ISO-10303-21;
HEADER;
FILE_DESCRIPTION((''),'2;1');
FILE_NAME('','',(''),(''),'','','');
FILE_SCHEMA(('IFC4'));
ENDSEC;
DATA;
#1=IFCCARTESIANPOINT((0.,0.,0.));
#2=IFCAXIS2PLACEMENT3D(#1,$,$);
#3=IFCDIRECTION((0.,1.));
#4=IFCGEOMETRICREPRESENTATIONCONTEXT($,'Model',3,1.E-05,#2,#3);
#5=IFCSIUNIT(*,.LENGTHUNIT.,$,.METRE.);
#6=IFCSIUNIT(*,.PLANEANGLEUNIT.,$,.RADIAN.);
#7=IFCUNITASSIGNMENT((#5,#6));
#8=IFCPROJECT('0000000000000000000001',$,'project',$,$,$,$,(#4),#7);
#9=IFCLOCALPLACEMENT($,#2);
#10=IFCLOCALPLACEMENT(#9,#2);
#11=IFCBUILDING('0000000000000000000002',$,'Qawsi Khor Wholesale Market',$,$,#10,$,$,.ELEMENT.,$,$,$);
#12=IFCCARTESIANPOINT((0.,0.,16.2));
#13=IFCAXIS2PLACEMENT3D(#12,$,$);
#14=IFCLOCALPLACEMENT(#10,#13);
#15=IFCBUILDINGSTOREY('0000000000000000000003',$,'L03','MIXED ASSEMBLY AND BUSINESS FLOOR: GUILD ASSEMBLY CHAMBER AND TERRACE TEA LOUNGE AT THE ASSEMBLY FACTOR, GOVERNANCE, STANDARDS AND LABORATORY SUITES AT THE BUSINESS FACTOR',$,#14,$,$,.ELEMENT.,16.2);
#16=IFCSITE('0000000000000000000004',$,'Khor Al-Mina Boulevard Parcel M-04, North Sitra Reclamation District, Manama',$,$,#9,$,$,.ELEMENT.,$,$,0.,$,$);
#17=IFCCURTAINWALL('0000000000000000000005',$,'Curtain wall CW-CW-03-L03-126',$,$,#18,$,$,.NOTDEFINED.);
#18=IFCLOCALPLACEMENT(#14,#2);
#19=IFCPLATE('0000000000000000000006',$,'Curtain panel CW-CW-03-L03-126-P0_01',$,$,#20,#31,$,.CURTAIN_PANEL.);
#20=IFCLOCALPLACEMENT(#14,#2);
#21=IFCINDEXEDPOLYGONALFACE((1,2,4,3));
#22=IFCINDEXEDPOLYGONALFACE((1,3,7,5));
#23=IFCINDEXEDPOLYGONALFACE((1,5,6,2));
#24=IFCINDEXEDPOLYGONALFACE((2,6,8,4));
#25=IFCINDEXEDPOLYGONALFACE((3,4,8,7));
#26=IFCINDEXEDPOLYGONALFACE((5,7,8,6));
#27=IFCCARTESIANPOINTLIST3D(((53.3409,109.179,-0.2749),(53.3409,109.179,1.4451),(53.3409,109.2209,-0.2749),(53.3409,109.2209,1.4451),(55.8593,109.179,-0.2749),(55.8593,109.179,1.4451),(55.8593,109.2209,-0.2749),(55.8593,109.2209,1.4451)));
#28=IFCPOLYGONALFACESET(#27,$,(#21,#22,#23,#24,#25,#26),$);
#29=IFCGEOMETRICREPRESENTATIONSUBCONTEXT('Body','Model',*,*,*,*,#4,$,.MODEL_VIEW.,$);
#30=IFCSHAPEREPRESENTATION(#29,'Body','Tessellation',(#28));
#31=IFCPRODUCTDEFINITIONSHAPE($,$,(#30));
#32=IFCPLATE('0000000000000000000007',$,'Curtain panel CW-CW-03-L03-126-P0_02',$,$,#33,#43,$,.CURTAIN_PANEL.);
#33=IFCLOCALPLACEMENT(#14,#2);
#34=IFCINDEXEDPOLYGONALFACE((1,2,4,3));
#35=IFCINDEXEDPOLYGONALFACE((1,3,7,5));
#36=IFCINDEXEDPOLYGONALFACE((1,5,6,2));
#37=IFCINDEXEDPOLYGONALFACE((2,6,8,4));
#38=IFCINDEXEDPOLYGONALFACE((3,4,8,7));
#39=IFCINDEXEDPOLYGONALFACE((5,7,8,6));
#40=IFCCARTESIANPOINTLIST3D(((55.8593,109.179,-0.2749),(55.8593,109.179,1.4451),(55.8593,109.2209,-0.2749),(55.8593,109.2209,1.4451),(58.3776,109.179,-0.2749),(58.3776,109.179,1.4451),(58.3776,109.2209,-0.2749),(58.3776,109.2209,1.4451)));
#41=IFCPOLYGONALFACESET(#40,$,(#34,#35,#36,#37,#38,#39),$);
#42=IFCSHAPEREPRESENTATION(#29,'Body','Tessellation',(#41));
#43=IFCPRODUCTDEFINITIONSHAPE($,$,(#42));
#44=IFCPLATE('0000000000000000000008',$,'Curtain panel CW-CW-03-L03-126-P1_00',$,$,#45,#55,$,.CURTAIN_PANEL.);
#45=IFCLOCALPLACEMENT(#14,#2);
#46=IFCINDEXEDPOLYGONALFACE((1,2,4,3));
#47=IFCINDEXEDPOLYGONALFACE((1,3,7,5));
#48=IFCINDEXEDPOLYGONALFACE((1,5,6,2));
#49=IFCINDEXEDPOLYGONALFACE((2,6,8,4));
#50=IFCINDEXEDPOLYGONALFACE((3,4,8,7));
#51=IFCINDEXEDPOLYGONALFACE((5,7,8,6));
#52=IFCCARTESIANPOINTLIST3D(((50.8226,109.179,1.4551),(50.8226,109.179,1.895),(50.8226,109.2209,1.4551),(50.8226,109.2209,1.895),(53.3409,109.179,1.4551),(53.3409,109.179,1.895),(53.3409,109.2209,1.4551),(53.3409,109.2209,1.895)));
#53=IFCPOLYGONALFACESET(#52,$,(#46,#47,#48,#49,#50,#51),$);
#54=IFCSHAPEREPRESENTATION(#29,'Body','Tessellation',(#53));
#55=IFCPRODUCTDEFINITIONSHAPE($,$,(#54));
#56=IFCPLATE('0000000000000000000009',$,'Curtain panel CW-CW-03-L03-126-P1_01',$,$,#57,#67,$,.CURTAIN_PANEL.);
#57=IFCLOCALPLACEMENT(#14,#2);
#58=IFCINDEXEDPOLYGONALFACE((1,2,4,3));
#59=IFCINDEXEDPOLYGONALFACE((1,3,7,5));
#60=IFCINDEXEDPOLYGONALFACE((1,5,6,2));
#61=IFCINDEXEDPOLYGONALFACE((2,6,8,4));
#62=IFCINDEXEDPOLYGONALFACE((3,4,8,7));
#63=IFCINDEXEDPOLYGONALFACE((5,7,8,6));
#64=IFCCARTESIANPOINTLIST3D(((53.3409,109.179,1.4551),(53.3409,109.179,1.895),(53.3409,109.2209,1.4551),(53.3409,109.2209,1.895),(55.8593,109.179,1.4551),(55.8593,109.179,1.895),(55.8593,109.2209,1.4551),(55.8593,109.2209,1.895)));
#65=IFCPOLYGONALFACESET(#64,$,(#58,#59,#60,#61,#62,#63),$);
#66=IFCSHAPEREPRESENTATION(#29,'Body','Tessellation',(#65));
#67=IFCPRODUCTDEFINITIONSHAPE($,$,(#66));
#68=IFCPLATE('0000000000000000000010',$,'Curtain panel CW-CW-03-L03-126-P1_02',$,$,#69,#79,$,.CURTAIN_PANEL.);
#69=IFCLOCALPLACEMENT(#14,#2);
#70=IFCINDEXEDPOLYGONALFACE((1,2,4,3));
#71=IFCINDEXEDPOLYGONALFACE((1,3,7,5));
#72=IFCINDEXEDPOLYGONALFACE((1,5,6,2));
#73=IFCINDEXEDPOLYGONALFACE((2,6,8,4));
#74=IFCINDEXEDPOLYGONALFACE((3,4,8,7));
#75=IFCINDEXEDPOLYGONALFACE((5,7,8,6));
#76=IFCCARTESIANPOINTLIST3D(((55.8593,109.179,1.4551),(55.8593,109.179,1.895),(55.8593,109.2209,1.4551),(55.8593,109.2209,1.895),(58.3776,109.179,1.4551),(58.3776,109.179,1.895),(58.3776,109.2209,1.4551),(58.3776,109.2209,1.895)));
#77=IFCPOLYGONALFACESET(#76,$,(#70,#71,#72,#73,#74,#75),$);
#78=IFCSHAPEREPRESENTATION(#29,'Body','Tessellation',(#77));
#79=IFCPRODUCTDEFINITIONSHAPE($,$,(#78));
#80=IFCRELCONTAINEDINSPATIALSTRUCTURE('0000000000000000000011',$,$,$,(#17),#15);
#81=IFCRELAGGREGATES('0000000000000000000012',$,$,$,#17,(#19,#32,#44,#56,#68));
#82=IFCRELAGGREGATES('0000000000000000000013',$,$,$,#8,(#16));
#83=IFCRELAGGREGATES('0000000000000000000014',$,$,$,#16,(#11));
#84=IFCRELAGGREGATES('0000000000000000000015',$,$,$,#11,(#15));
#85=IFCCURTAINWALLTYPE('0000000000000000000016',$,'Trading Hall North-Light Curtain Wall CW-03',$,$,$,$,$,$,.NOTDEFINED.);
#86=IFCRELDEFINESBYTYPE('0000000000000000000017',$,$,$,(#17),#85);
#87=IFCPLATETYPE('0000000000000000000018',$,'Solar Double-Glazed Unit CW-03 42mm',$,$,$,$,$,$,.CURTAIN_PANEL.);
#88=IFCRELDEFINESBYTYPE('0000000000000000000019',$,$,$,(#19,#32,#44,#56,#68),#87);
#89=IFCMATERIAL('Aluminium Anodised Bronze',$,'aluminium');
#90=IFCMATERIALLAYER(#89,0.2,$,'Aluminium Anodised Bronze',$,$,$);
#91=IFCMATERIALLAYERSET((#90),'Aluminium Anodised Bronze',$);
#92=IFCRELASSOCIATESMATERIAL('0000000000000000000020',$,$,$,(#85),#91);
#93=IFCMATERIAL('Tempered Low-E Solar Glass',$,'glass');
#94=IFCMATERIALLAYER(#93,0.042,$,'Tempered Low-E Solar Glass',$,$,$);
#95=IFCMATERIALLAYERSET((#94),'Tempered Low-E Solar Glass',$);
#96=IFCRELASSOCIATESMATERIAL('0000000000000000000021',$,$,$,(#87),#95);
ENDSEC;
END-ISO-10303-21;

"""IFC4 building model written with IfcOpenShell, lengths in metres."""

from ifc_helpers import new_model, si_unit, direction, frame, frame_2d, origin, place, context, subcontext, project, spatial, rectangle, extrude, material, layer, layer_set, type_object, element, aggregate, save


model = new_model("IFC4")

# Units and contexts
model_context = context("Model", 3, precision=1e-05, world=origin(), true_north=direction((0.0, 1.0)))
body_context = subcontext(model_context, "Body", "Model", "MODEL_VIEW")
ifc_project = project(units=[si_unit("LENGTHUNIT", "METRE"), si_unit("PLANEANGLEUNIT", "RADIAN")], contexts=[model_context])

# Site, building, storey
site_placement = place(None, origin())
site = spatial("IfcSite", under=ifc_project, at=site_placement, Name="Khor Al-Mina Boulevard Parcel M-04, North Sitra Reclamation District, Manama", CompositionType="ELEMENT", RefElevation=0.0)
building_placement = place(site_placement, origin())
building = spatial("IfcBuilding", under=site, at=building_placement, Name="Qawsi Khor Wholesale Market", CompositionType="ELEMENT")
storey_placement = place(building_placement, frame((0.0, 0.0, 16.2)))
storey = spatial("IfcBuildingStorey", under=building, at=storey_placement, Name="L03", Description="MIXED ASSEMBLY AND BUSINESS FLOOR: GUILD ASSEMBLY CHAMBER AND TERRACE TEA LOUNGE AT THE ASSEMBLY FACTOR, GOVERNANCE, STANDARDS AND LABORATORY SUITES AT THE BUSINESS FACTOR", CompositionType="ELEMENT", Elevation=16.2)

# Curtain wall
ifc_material_1 = material(Name="Aluminium Anodised Bronze", Category="aluminium")
ifc_layer_1 = layer(ifc_material_1, 0.2, Name="Aluminium Anodised Bronze")
ifc_layer_set_1 = layer_set([ifc_layer_1], Name="Aluminium Anodised Bronze")
curtain_wall_type = type_object("IfcCurtainWallType", Name="Trading Hall North-Light Curtain Wall CW-03", PredefinedType="NOTDEFINED", material=ifc_layer_set_1)
curtain_wall_placement = place(storey_placement, origin())
curtain_wall = element("IfcCurtainWall", 1, at=curtain_wall_placement, inside=storey, type_object=curtain_wall_type, Name="Curtain wall CW-CW-03-L03-126", PredefinedType="NOTDEFINED")

# Plates
ifc_material_2 = material(Name="Tempered Low-E Solar Glass", Category="glass")
ifc_layer_2 = layer(ifc_material_2, 0.042, Name="Tempered Low-E Solar Glass")
ifc_layer_set_2 = layer_set([ifc_layer_2], Name="Tempered Low-E Solar Glass")
plate_type = type_object("IfcPlateType", Name="Solar Double-Glazed Unit CW-03 42mm", PredefinedType="CURTAIN_PANEL", material=ifc_layer_set_2)
plate_1_placement = place(storey_placement, frame((53.3408, 109.2, -0.2749), z_axis=(0.0, 0.0, 1.0), x_axis=(1.0, 0.0, 0.0)))
plate_1 = element("IfcPlate", 2, at=plate_1_placement, type_object=plate_type, Name="Curtain panel CW-CW-03-L03-126-P0_01", PredefinedType="CURTAIN_PANEL", context=body_context, shape_type="SweptSolid", body=[
    extrude(rectangle(XDim=2.5183, YDim=0.042, at=frame_2d((1.2593, 0.0))), origin(), (0.0, 0.0, 1.0), 1.72),
])
plate_2_placement = place(storey_placement, frame((55.8591, 109.2, -0.2749), z_axis=(0.0, 0.0, 1.0), x_axis=(1.0, 0.0, 0.0)))
plate_2 = element("IfcPlate", 3, at=plate_2_placement, type_object=plate_type, Name="Curtain panel CW-CW-03-L03-126-P0_02", PredefinedType="CURTAIN_PANEL", context=body_context, shape_type="SweptSolid", body=[
    extrude(rectangle(XDim=2.5183, YDim=0.042, at=frame_2d((1.2593, 0.0))), origin(), (0.0, 0.0, 1.0), 1.72),
])
plate_3_placement = place(storey_placement, frame((50.8225, 109.2, 1.4551), z_axis=(0.0, 0.0, 1.0), x_axis=(1.0, 0.0, 0.0)))
plate_3 = element("IfcPlate", 4, at=plate_3_placement, type_object=plate_type, Name="Curtain panel CW-CW-03-L03-126-P1_00", PredefinedType="CURTAIN_PANEL", context=body_context, shape_type="SweptSolid", body=[
    extrude(rectangle(XDim=2.5183, YDim=0.042, at=frame_2d((1.2593, 0.0))), origin(), (0.0, 0.0, 1.0), 0.4399),
])
plate_4_placement = place(storey_placement, frame((53.3408, 109.2, 1.4551), z_axis=(0.0, 0.0, 1.0), x_axis=(1.0, 0.0, 0.0)))
plate_4 = element("IfcPlate", 5, at=plate_4_placement, type_object=plate_type, Name="Curtain panel CW-CW-03-L03-126-P1_01", PredefinedType="CURTAIN_PANEL", context=body_context, shape_type="SweptSolid", body=[
    extrude(rectangle(XDim=2.5183, YDim=0.042, at=frame_2d((1.2593, 0.0))), origin(), (0.0, 0.0, 1.0), 0.4399),
])
plate_5_placement = place(storey_placement, frame((55.8591, 109.2, 1.4551), z_axis=(0.0, 0.0, 1.0), x_axis=(1.0, 0.0, 0.0)))
plate_5 = element("IfcPlate", 6, at=plate_5_placement, type_object=plate_type, Name="Curtain panel CW-CW-03-L03-126-P1_02", PredefinedType="CURTAIN_PANEL", context=body_context, shape_type="SweptSolid", body=[
    extrude(rectangle(XDim=2.5183, YDim=0.042, at=frame_2d((1.2593, 0.0))), origin(), (0.0, 0.0, 1.0), 0.4399),
])
aggregate(curtain_wall, [plate_1, plate_2, plate_3, plate_4, plate_5])

save(model, "model.ifc")
